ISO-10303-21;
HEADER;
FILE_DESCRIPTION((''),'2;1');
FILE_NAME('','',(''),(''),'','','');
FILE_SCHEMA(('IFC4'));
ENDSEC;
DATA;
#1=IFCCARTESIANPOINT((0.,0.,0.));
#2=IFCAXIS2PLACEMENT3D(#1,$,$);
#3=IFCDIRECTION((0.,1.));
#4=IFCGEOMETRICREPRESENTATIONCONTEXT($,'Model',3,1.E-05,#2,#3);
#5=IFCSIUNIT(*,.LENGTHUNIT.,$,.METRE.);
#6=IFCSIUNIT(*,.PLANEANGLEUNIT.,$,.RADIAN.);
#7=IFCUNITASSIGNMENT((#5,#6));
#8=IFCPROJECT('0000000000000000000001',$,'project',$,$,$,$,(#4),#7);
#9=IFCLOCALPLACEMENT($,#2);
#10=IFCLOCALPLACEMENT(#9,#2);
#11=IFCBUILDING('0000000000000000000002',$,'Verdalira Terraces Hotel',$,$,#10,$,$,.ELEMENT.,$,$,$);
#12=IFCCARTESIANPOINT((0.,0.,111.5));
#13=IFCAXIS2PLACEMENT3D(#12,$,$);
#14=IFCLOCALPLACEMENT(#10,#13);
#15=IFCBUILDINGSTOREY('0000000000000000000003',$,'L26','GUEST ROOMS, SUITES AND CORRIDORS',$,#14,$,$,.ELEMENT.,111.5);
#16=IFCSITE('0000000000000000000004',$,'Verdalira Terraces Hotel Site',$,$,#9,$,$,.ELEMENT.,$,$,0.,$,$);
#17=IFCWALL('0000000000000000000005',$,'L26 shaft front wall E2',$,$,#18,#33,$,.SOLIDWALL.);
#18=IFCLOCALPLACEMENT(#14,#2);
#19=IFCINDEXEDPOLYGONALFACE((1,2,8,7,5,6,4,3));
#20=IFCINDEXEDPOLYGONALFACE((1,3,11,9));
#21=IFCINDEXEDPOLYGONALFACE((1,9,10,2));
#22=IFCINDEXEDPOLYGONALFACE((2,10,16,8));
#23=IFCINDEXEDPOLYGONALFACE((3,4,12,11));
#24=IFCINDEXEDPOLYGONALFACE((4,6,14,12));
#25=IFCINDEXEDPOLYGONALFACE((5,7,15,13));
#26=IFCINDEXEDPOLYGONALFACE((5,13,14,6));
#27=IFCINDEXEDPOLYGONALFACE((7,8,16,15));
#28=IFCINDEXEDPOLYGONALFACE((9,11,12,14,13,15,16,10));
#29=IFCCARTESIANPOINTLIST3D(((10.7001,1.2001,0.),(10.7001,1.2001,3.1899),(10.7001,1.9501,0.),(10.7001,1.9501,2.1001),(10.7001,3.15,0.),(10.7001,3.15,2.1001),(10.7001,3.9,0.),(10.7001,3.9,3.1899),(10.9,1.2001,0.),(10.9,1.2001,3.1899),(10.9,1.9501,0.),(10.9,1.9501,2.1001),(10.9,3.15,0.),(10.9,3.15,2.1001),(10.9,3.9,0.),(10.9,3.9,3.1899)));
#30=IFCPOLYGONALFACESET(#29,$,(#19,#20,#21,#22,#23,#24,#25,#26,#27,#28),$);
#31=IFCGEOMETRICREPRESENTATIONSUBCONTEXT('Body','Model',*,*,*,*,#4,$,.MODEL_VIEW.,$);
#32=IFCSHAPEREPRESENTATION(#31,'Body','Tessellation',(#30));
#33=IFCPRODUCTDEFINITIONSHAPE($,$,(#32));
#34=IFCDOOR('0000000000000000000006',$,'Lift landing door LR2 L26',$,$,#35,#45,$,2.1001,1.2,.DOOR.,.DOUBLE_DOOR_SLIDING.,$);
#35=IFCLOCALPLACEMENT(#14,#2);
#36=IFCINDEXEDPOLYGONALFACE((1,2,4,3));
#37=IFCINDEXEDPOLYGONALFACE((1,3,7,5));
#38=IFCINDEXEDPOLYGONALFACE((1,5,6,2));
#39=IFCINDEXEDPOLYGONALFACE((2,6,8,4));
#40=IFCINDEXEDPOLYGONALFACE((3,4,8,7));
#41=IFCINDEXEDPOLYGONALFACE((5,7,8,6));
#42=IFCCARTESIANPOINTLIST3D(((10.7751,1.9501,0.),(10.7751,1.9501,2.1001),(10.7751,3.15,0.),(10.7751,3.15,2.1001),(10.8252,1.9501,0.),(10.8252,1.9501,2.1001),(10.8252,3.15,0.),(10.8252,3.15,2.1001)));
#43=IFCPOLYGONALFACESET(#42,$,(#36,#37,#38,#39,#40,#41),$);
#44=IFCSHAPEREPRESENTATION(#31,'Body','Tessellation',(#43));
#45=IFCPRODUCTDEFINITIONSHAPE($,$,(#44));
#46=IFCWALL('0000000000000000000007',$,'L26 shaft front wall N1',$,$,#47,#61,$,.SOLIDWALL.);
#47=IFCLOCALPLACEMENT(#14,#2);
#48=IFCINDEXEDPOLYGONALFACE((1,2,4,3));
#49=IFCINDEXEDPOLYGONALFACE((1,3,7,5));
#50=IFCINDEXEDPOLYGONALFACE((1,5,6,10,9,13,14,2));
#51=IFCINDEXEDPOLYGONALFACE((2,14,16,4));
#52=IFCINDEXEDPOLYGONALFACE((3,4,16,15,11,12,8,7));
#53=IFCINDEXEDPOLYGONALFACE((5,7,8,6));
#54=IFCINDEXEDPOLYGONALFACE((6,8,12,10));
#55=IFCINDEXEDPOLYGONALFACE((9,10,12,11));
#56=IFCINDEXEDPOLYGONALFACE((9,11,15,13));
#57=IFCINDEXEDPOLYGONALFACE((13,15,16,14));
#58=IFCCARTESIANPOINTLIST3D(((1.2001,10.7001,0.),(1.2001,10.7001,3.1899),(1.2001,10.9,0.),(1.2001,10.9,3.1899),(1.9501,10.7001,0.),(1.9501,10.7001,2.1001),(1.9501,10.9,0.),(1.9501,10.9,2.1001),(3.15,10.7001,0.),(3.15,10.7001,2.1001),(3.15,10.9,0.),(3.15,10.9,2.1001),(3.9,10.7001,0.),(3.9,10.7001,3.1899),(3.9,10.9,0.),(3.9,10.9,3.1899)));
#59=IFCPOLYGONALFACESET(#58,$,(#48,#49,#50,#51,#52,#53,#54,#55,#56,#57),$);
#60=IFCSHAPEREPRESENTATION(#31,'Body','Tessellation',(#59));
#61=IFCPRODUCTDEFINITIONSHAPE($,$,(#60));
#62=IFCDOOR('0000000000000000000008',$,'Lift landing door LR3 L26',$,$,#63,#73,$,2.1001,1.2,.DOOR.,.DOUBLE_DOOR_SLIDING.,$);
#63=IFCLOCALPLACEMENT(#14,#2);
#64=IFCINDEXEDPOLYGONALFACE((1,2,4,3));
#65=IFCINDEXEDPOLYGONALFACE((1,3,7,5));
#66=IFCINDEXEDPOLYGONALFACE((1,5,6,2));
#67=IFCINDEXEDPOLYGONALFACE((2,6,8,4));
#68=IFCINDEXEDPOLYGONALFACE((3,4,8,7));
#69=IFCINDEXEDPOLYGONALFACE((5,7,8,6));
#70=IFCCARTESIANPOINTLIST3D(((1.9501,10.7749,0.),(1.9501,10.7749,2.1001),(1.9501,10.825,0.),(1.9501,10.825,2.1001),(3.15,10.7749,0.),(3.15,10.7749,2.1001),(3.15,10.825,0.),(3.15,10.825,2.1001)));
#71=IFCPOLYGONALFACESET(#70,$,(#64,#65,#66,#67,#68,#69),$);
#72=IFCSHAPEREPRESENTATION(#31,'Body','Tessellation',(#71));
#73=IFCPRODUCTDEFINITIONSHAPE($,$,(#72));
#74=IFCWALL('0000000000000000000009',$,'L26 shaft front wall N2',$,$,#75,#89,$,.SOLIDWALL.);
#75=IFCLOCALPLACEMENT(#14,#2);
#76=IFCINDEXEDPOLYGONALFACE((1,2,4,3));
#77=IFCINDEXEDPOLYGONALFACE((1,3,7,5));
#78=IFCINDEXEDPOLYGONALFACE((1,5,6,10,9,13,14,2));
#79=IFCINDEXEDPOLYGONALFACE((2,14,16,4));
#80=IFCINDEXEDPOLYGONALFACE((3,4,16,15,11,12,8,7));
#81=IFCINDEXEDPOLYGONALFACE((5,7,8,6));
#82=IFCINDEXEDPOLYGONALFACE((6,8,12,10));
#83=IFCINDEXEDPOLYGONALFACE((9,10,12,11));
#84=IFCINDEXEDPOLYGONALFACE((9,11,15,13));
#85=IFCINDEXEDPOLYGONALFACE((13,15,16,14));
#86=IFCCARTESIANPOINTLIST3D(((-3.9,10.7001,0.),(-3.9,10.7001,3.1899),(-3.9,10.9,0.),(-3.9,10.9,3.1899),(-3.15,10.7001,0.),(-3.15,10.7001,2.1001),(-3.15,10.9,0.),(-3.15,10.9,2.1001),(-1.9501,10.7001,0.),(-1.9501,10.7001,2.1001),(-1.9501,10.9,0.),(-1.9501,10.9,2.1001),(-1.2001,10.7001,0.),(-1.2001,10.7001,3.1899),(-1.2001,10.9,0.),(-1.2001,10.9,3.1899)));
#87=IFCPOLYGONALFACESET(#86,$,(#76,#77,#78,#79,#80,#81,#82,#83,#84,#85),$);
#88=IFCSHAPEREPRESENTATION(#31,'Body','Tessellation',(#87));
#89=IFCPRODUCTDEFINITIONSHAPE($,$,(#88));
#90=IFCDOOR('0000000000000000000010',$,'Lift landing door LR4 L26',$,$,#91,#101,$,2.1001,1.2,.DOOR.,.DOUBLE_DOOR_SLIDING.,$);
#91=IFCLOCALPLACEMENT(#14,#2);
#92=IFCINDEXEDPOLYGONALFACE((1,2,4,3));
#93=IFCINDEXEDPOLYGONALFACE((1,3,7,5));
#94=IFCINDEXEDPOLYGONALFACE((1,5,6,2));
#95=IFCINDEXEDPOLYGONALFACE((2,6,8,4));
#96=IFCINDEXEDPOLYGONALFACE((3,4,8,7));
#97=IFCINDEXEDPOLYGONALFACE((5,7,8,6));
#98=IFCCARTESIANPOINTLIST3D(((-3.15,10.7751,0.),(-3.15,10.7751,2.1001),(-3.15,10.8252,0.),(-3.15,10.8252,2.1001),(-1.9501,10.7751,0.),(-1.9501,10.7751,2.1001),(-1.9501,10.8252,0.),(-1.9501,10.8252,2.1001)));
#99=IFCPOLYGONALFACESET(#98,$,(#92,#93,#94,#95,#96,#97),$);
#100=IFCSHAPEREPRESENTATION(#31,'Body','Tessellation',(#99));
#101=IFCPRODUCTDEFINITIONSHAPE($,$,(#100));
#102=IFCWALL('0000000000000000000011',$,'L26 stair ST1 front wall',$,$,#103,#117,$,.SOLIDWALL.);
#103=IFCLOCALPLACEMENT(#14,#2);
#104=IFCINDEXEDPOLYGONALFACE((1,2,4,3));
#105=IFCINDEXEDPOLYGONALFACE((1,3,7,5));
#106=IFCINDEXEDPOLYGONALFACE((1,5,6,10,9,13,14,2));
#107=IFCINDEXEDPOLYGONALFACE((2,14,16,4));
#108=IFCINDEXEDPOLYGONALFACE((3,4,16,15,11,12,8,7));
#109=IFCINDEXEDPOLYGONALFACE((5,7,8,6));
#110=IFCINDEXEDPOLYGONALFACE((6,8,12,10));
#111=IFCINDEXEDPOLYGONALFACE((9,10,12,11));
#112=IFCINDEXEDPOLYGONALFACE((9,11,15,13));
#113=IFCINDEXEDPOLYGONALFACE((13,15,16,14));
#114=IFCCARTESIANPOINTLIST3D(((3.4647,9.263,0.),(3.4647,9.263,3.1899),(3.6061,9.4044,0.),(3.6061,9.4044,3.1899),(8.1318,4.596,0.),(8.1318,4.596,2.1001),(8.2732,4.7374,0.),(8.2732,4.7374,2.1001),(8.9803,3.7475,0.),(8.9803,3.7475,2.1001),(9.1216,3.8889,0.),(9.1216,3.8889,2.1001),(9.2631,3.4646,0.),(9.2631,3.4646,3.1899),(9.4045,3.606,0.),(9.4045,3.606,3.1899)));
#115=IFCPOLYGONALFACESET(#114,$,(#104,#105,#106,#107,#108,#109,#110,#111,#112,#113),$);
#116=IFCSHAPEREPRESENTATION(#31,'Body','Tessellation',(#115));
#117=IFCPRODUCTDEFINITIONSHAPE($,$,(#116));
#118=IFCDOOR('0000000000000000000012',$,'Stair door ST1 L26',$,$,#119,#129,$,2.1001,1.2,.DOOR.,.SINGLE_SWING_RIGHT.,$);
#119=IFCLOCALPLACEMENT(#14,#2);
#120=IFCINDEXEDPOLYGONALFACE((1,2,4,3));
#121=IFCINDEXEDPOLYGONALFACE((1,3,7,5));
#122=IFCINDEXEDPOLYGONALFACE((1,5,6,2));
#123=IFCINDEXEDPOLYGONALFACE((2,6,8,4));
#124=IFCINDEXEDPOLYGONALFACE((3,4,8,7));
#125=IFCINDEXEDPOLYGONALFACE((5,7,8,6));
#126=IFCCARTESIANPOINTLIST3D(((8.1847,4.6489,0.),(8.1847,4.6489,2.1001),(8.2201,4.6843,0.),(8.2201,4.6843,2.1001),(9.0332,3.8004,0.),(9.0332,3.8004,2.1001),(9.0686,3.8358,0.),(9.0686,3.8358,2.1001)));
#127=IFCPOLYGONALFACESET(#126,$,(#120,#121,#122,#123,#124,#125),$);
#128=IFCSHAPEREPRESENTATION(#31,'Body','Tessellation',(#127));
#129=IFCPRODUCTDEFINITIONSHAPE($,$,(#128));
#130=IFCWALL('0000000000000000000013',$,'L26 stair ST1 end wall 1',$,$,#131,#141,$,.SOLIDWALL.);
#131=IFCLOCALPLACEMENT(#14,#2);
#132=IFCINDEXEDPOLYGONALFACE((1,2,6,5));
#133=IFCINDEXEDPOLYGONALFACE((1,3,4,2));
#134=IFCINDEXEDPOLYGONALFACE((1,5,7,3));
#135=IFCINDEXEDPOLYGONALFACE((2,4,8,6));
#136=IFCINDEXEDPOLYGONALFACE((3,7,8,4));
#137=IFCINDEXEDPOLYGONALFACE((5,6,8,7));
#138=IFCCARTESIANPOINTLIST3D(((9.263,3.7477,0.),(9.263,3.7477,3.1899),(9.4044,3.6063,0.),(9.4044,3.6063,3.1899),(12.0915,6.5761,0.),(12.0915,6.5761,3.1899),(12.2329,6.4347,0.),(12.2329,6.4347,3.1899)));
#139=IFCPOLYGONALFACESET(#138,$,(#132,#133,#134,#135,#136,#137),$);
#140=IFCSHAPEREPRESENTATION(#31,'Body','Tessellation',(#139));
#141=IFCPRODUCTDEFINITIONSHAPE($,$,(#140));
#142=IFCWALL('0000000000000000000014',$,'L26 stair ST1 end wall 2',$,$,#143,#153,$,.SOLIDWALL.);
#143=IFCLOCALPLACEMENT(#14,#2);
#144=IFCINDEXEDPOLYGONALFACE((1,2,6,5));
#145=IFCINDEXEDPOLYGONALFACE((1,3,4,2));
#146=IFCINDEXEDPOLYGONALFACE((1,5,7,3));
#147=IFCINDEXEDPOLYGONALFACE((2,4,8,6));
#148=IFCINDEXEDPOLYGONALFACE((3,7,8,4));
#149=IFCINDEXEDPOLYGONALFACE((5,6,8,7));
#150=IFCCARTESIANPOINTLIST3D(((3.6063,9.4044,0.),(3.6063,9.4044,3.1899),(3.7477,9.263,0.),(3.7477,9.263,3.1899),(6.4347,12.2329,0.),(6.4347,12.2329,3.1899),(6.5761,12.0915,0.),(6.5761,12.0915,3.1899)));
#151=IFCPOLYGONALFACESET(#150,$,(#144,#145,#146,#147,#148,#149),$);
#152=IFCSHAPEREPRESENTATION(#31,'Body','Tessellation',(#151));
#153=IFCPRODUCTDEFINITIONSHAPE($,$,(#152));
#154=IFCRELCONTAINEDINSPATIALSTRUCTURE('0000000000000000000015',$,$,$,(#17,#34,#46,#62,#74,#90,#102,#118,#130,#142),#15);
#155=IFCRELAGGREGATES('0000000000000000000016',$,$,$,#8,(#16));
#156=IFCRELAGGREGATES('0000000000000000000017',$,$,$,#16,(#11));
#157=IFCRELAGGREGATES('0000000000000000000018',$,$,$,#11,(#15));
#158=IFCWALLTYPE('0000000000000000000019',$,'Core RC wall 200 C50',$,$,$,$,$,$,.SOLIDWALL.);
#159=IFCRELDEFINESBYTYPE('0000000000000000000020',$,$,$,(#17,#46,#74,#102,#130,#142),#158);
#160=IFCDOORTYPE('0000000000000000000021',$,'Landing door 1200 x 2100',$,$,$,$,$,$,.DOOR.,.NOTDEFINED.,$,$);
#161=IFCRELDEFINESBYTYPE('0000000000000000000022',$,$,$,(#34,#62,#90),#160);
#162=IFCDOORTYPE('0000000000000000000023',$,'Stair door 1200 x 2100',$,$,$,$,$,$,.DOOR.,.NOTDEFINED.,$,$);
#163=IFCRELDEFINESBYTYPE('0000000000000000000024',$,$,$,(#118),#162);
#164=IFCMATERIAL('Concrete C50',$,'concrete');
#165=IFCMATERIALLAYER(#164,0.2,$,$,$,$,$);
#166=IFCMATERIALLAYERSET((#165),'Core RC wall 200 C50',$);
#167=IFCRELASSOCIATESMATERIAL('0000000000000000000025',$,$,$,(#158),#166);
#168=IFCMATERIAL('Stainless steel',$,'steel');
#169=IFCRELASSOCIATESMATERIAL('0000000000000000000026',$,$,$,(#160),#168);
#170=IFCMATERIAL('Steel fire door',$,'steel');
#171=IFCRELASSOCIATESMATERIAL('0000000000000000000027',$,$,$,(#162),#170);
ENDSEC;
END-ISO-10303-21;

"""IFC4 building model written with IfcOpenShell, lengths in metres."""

from ifc_helpers import new_model, si_unit, direction, frame, frame_2d, origin, place, context, subcontext, project, spatial, rectangle, extrude, material, layer, layer_set, type_object, element, fill, save


model = new_model("IFC4")

# Units and contexts
model_context = context("Model", 3, precision=1e-05, world=origin(), true_north=direction((0.0, 1.0)))
body_context = subcontext(model_context, "Body", "Model", "MODEL_VIEW")
ifc_project = project(units=[si_unit("LENGTHUNIT", "METRE"), si_unit("PLANEANGLEUNIT", "RADIAN")], contexts=[model_context])

# Site, building, storey
site_placement = place(None, origin())
site = spatial("IfcSite", under=ifc_project, at=site_placement, Name="Verdalira Terraces Hotel Site", CompositionType="ELEMENT", RefElevation=0.0)
building_placement = place(site_placement, origin())
building = spatial("IfcBuilding", under=site, at=building_placement, Name="Verdalira Terraces Hotel", CompositionType="ELEMENT")
storey_placement = place(building_placement, frame((0.0, 0.0, 111.5)))
storey = spatial("IfcBuildingStorey", under=building, at=storey_placement, Name="L26", Description="GUEST ROOMS, SUITES AND CORRIDORS", CompositionType="ELEMENT", Elevation=111.5)

# Walls, openings, doors
ifc_material_1 = material(Name="Concrete C50", Category="concrete")
ifc_layer_1 = layer(ifc_material_1, 0.2)
ifc_layer_set_1 = layer_set([ifc_layer_1], Name="Core RC wall 200 C50")
wall_type_1 = type_object("IfcWallType", Name="Core RC wall 200 C50", PredefinedType="SOLIDWALL", material=ifc_layer_set_1)
wall_1_placement = place(storey_placement, frame((10.8, 1.2, 0.0), z_axis=(0.0, 0.0, 1.0), x_axis=(0.0, 1.0, 0.0)))
wall_1 = element("IfcWall", 1, at=wall_1_placement, inside=storey, type_object=wall_type_1, Name="L26 shaft front wall E2", PredefinedType="SOLIDWALL", context=body_context, shape_type="SweptSolid", body=[
    extrude(rectangle(XDim=2.7, YDim=0.2, at=frame_2d((1.3501, 0.0))), origin(), (0.0, 0.0, 1.0), 3.1899),
])
opening_1_placement = place(wall_1_placement, frame((0.75, 0.0, 0.0)))
opening_1 = element("IfcOpeningElement", 2, at=opening_1_placement, cuts=wall_1, PredefinedType="OPENING", context=body_context, shape_type="SweptSolid", body=[
    extrude(rectangle(XDim=1.2, YDim=2.1001, at=frame_2d((0.6001, 1.05))), frame((0.0, 0.1099, 0.0), z_axis=(0.0, -1.0, 0.0), x_axis=(1.0, 0.0, 0.0)), (0.0, 0.0, 1.0), 0.22),
])
ifc_material_2 = material(Name="Stainless steel", Category="steel")
door_type_1 = type_object("IfcDoorType", Name="Landing door 1200 x 2100", OperationType="NOTDEFINED", PredefinedType="DOOR", material=ifc_material_2)
door_1_placement = place(opening_1_placement, origin())
door_1 = element("IfcDoor", 3, at=door_1_placement, inside=storey, type_object=door_type_1, Name="Lift landing door LR2 L26", OperationType="DOUBLE_DOOR_SLIDING", OverallHeight=2.1001, OverallWidth=1.2, PredefinedType="DOOR", context=body_context, shape_type="SweptSolid", body=[
    extrude(rectangle(XDim=1.2, YDim=2.1001, at=frame_2d((0.6001, 1.05))), frame((0.0, 0.0249, 0.0), z_axis=(0.0, -1.0, 0.0), x_axis=(1.0, 0.0, 0.0)), (0.0, 0.0, 1.0), 0.05),
])
fill(opening_1, door_1)
wall_2_placement = place(storey_placement, frame((1.2, 10.8, 0.0), z_axis=(0.0, 0.0, 1.0), x_axis=(1.0, 0.0, 0.0)))
wall_2 = element("IfcWall", 4, at=wall_2_placement, inside=storey, type_object=wall_type_1, Name="L26 shaft front wall N1", PredefinedType="SOLIDWALL", context=body_context, shape_type="SweptSolid", body=[
    extrude(rectangle(XDim=2.7, YDim=0.2, at=frame_2d((1.3501, 0.0))), origin(), (0.0, 0.0, 1.0), 3.1899),
])
opening_2_placement = place(wall_2_placement, frame((0.75, 0.0, 0.0)))
opening_2 = element("IfcOpeningElement", 5, at=opening_2_placement, cuts=wall_2, PredefinedType="OPENING", context=body_context, shape_type="SweptSolid", body=[
    extrude(rectangle(XDim=1.2, YDim=2.1001, at=frame_2d((0.6001, 1.05))), frame((0.0, 0.1099, 0.0), z_axis=(0.0, -1.0, 0.0), x_axis=(1.0, 0.0, 0.0)), (0.0, 0.0, 1.0), 0.22),
])
door_2_placement = place(opening_2_placement, origin())
door_2 = element("IfcDoor", 6, at=door_2_placement, inside=storey, type_object=door_type_1, Name="Lift landing door LR3 L26", OperationType="DOUBLE_DOOR_SLIDING", OverallHeight=2.1001, OverallWidth=1.2, PredefinedType="DOOR", context=body_context, shape_type="SweptSolid", body=[
    extrude(rectangle(XDim=1.2, YDim=2.1001, at=frame_2d((0.6001, 1.05))), frame((0.0, 0.0249, 0.0), z_axis=(0.0, -1.0, 0.0), x_axis=(1.0, 0.0, 0.0)), (0.0, 0.0, 1.0), 0.05),
])
fill(opening_2, door_2)
wall_3_placement = place(storey_placement, frame((-1.2, 10.8, 0.0), z_axis=(0.0, 0.0, 1.0), x_axis=(-1.0, 0.0, 0.0)))
wall_3 = element("IfcWall", 7, at=wall_3_placement, inside=storey, type_object=wall_type_1, Name="L26 shaft front wall N2", PredefinedType="SOLIDWALL", context=body_context, shape_type="SweptSolid", body=[
    extrude(rectangle(XDim=2.7, YDim=0.2, at=frame_2d((1.3501, 0.0))), origin(), (0.0, 0.0, 1.0), 3.1899),
])
opening_3_placement = place(wall_3_placement, frame((0.75, 0.0, 0.0)))
opening_3 = element("IfcOpeningElement", 8, at=opening_3_placement, cuts=wall_3, PredefinedType="OPENING", context=body_context, shape_type="SweptSolid", body=[
    extrude(rectangle(XDim=1.2, YDim=2.1001, at=frame_2d((0.6001, 1.05))), frame((0.0, 0.1099, 0.0), z_axis=(0.0, -1.0, 0.0), x_axis=(1.0, 0.0, 0.0)), (0.0, 0.0, 1.0), 0.22),
])
door_3_placement = place(opening_3_placement, origin())
door_3 = element("IfcDoor", 9, at=door_3_placement, inside=storey, type_object=door_type_1, Name="Lift landing door LR4 L26", OperationType="DOUBLE_DOOR_SLIDING", OverallHeight=2.1001, OverallWidth=1.2, PredefinedType="DOOR", context=body_context, shape_type="SweptSolid", body=[
    extrude(rectangle(XDim=1.2, YDim=2.1001, at=frame_2d((0.6001, 1.05))), frame((0.0, 0.0249, 0.0), z_axis=(0.0, -1.0, 0.0), x_axis=(1.0, 0.0, 0.0)), (0.0, 0.0, 1.0), 0.05),
])
fill(opening_3, door_3)
wall_4_placement = place(storey_placement, frame((3.5354, 9.3337, 0.0), z_axis=(0.0, 0.0, 1.0), x_axis=(0.707107, -0.707107, 0.0)))
wall_4 = element("IfcWall", 10, at=wall_4_placement, inside=storey, type_object=wall_type_1, Name="L26 stair ST1 front wall", PredefinedType="SOLIDWALL", context=body_context, shape_type="SweptSolid", body=[
    extrude(rectangle(XDim=8.2002, YDim=0.2, at=frame_2d((4.1001, 0.0))), origin(), (0.0, 0.0, 1.0), 3.1899),
])
opening_4_placement = place(wall_4_placement, frame((6.6001, 0.0, 0.0)))
opening_4 = element("IfcOpeningElement", 11, at=opening_4_placement, cuts=wall_4, PredefinedType="OPENING", context=body_context, shape_type="SweptSolid", body=[
    extrude(rectangle(XDim=1.2, YDim=2.1001, at=frame_2d((0.6001, 1.05))), frame((0.0, 0.1099, 0.0), z_axis=(0.0, -1.0, 0.0), x_axis=(1.0, 0.0, 0.0)), (0.0, 0.0, 1.0), 0.22),
])
ifc_material_3 = material(Name="Steel fire door", Category="steel")
door_type_2 = type_object("IfcDoorType", Name="Stair door 1200 x 2100", OperationType="NOTDEFINED", PredefinedType="DOOR", material=ifc_material_3)
door_4_placement = place(opening_4_placement, origin())
door_4 = element("IfcDoor", 12, at=door_4_placement, inside=storey, type_object=door_type_2, Name="Stair door ST1 L26", OperationType="SINGLE_SWING_RIGHT", OverallHeight=2.1001, OverallWidth=1.2, PredefinedType="DOOR", context=body_context, shape_type="SweptSolid", body=[
    extrude(rectangle(XDim=1.2, YDim=2.1001, at=frame_2d((0.6001, 1.05))), frame((0.0, 0.0249, 0.0), z_axis=(0.0, -1.0, 0.0), x_axis=(1.0, 0.0, 0.0)), (0.0, 0.0, 1.0), 0.05),
])
fill(opening_4, door_4)

# Walls
for number, where, z_axis, x_axis, name in (
    (13, (9.3337, 3.677, 0.0), (0.0, 0.0, 1.0), (0.707107, 0.707107, 0.0), "L26 stair ST1 end wall 1"),
    (14, (3.677, 9.3337, 0.0), (0.0, 0.0, 1.0), (0.707107, 0.707107, 0.0), "L26 stair ST1 end wall 2"),
):
    element("IfcWall", number, at=place(storey_placement, frame(where, z_axis=z_axis, x_axis=x_axis)), inside=storey, type_object=wall_type_1, Name=name, PredefinedType="SOLIDWALL", context=body_context, shape_type="SweptSolid", body=[
        extrude(rectangle(XDim=4.0, YDim=0.2, at=frame_2d((2.0, 0.0))), origin(), (0.0, 0.0, 1.0), 3.1899),
    ])

save(model, "model.ifc")
